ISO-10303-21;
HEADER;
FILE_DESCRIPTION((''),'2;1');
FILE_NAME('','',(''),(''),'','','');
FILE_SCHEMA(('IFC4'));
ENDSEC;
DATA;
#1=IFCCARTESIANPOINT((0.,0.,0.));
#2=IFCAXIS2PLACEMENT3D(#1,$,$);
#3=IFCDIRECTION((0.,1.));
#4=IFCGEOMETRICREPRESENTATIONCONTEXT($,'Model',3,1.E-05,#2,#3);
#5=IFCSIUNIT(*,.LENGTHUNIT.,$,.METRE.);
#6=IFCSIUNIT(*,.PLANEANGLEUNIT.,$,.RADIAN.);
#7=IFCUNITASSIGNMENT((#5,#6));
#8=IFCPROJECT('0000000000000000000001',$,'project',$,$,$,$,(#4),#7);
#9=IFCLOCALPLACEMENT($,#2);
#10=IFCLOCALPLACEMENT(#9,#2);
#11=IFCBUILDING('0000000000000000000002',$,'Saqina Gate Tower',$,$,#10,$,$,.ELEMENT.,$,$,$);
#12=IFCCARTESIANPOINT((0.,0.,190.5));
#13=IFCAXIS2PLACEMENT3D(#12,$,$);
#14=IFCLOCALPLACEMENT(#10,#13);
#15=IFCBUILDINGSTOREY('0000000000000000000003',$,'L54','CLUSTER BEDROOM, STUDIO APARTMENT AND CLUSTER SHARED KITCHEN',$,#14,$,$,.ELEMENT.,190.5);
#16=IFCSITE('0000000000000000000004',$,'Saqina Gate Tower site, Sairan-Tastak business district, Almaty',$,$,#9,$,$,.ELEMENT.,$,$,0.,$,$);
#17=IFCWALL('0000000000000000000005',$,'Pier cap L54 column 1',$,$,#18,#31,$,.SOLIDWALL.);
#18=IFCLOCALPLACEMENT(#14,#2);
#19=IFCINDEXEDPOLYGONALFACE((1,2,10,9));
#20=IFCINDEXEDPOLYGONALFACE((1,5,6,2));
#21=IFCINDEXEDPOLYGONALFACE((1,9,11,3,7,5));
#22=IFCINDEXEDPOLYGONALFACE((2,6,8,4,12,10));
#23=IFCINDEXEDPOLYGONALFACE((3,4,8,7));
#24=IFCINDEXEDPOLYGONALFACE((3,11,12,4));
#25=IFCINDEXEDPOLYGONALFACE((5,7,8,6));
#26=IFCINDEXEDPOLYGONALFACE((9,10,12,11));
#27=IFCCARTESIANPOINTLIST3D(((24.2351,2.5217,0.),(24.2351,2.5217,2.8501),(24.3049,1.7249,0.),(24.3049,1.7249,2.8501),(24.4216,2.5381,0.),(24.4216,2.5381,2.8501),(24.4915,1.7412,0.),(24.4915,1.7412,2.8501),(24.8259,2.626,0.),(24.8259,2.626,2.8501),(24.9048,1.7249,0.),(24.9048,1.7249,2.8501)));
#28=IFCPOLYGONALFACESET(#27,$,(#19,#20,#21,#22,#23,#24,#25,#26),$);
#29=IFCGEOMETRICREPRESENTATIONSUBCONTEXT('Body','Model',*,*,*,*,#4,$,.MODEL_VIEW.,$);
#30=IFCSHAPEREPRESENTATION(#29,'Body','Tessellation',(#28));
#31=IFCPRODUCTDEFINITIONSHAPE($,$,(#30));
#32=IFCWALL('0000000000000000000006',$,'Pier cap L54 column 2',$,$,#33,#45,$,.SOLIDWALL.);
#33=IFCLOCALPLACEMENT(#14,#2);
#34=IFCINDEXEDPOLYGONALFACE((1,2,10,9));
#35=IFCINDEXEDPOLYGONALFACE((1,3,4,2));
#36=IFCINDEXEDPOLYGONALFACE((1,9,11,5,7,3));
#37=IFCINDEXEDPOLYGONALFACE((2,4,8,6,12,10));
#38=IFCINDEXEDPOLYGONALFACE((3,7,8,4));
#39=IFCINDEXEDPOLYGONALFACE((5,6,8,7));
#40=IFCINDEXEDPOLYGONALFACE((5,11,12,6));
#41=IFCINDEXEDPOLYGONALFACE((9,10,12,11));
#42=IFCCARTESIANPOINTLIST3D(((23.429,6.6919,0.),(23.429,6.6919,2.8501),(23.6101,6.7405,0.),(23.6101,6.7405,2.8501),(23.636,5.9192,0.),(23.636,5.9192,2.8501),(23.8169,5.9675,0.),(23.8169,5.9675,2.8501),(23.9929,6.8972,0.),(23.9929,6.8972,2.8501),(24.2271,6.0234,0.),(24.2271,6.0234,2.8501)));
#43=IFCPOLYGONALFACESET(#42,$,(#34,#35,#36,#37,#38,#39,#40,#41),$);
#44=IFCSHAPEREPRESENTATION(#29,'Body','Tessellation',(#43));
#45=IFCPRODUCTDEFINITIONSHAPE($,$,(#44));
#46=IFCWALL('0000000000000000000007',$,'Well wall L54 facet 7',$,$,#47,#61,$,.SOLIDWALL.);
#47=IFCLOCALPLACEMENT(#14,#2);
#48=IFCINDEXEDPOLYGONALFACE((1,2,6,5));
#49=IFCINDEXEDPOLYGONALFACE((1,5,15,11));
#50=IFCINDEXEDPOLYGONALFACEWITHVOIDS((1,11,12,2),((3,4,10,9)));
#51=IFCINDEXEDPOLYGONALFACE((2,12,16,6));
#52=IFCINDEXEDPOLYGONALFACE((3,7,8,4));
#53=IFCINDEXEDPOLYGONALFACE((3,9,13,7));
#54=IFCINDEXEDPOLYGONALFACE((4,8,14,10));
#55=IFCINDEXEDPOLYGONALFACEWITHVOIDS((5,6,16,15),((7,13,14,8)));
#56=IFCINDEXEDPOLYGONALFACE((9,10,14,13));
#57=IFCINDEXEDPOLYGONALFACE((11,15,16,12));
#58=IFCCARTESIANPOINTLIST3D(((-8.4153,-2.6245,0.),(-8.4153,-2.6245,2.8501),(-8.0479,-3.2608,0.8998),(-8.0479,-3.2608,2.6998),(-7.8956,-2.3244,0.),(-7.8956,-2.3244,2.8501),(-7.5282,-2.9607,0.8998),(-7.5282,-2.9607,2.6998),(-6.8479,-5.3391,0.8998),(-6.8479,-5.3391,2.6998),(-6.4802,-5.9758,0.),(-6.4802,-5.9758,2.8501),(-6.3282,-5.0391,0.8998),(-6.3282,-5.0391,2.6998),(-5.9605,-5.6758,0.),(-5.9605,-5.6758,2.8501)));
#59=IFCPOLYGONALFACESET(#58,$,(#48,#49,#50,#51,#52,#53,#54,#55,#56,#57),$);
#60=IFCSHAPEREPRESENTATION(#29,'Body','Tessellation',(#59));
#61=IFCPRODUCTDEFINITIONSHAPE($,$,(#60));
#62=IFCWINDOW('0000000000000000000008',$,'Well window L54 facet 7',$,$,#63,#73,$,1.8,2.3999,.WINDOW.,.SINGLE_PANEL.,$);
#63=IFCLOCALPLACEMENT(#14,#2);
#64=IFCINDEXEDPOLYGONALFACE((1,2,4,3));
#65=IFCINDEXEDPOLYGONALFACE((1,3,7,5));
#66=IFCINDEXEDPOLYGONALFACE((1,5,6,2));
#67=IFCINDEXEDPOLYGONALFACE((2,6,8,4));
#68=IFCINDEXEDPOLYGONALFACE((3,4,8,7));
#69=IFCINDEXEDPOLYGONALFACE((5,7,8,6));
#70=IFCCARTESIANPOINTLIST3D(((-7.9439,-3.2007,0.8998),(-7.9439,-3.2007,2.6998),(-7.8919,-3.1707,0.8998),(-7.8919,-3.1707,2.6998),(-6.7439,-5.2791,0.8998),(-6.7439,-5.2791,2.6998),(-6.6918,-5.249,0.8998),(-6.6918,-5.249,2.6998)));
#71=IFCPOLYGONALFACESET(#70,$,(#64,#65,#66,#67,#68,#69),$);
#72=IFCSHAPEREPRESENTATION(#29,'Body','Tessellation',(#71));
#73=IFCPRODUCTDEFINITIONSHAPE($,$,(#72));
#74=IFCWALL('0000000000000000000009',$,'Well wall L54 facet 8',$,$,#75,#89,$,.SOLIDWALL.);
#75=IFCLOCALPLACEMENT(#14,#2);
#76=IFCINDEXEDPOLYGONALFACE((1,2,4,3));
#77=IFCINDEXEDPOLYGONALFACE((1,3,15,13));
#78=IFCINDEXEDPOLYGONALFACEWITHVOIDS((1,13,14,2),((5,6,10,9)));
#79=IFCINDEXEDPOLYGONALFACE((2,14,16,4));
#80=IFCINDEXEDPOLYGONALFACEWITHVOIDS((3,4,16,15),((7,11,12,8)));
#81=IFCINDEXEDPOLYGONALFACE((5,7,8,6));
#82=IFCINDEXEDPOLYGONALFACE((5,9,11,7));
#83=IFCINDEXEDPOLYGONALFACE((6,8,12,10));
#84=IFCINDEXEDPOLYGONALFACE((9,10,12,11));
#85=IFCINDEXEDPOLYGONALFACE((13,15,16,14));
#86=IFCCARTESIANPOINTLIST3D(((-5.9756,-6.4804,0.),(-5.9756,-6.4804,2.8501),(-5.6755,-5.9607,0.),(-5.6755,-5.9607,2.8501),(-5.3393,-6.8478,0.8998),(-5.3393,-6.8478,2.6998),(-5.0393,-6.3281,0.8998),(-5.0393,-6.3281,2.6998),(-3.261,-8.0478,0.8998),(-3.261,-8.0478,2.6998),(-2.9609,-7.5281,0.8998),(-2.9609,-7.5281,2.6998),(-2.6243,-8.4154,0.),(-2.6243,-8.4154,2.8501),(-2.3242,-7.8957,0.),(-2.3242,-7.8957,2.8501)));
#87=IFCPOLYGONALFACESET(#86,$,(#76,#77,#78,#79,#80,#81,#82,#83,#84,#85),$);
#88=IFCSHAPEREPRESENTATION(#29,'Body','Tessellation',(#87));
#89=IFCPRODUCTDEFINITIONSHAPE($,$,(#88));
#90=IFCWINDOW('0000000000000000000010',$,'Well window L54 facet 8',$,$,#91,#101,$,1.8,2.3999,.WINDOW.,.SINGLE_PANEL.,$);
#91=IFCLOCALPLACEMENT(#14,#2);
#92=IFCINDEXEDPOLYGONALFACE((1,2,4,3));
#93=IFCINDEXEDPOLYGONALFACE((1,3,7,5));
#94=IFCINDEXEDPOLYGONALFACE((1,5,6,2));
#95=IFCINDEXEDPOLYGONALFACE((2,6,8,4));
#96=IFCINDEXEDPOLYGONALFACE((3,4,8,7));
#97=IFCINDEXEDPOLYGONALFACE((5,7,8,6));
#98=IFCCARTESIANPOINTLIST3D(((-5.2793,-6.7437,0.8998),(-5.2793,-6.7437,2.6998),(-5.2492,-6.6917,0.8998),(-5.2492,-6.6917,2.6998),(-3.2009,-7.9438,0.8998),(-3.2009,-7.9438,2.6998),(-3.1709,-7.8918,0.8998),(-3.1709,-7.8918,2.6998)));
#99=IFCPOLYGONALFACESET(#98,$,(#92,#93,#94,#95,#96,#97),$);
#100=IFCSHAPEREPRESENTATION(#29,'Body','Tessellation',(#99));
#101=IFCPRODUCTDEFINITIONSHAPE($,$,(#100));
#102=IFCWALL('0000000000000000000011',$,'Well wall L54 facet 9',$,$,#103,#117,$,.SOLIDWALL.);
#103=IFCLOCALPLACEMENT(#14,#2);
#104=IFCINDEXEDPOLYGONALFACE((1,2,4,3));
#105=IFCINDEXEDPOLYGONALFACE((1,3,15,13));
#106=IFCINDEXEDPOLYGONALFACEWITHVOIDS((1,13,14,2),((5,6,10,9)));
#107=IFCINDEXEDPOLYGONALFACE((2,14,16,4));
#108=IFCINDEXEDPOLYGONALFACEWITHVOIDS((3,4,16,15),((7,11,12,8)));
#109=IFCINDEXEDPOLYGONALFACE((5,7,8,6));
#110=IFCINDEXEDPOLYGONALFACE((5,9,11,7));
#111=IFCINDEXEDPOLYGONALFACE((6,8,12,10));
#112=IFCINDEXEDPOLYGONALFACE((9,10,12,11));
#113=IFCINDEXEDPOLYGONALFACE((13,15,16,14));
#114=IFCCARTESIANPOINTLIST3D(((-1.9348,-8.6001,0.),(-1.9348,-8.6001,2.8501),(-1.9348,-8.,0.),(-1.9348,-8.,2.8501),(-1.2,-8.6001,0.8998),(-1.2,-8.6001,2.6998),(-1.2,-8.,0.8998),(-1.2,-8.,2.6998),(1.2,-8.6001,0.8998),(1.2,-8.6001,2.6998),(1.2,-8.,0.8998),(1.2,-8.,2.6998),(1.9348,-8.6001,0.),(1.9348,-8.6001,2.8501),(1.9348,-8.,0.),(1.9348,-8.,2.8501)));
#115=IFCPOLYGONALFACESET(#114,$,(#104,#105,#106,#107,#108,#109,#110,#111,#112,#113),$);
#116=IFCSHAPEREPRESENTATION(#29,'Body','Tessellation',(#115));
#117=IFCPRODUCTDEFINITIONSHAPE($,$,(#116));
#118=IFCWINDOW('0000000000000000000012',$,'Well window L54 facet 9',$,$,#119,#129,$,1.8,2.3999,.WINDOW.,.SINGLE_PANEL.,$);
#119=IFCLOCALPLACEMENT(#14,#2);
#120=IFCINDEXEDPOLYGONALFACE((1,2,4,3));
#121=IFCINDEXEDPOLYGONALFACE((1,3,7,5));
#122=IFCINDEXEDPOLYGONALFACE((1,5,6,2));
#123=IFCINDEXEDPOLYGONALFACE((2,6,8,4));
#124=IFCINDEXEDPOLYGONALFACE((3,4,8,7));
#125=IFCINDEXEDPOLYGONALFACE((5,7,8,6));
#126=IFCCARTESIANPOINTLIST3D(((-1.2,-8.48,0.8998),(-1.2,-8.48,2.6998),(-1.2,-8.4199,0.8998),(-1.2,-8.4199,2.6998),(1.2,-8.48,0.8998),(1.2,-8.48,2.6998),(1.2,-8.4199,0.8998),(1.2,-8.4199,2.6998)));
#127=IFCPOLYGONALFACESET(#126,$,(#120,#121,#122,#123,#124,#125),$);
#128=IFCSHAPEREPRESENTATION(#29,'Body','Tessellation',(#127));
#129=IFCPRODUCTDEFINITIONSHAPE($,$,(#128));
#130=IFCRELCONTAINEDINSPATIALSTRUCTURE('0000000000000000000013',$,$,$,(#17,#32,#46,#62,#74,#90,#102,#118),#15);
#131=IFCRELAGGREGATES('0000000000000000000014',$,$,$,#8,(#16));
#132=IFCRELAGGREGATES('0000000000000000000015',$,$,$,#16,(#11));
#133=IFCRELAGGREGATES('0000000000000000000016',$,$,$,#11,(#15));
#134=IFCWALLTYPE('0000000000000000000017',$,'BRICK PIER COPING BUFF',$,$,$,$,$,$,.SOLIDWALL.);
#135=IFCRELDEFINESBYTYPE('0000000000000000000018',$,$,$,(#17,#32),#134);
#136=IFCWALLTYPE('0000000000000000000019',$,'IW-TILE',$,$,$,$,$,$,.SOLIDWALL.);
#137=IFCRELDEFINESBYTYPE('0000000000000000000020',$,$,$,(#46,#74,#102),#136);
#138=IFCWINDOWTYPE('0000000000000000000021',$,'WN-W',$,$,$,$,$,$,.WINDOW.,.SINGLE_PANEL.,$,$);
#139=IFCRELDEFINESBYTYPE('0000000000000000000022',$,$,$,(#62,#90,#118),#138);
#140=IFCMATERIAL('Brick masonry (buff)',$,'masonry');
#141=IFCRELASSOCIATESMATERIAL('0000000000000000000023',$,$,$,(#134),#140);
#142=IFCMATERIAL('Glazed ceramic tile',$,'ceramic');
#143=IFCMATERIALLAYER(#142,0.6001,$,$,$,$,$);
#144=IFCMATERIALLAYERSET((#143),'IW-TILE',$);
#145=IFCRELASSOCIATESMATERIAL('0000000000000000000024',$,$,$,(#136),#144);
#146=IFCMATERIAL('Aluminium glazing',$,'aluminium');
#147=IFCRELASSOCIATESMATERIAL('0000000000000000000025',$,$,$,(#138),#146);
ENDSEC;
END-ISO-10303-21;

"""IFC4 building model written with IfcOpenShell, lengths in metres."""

from ifc_helpers import new_model, si_unit, direction, frame, frame_2d, origin, place, context, subcontext, project, spatial, polyline, rectangle, outline, extrude, material, layer, layer_set, type_object, element, fill, save


model = new_model("IFC4")

# Units and contexts
model_context = context("Model", 3, precision=1e-05, world=origin(), true_north=direction((0.0, 1.0)))
body_context = subcontext(model_context, "Body", "Model", "MODEL_VIEW")
ifc_project = project(units=[si_unit("LENGTHUNIT", "METRE"), si_unit("PLANEANGLEUNIT", "RADIAN")], contexts=[model_context])

# Site, building, storey
site_placement = place(None, origin())
site = spatial("IfcSite", under=ifc_project, at=site_placement, Name="Saqina Gate Tower site, Sairan-Tastak business district, Almaty", CompositionType="ELEMENT", RefElevation=0.0)
building_placement = place(site_placement, origin())
building = spatial("IfcBuilding", under=site, at=building_placement, Name="Saqina Gate Tower", CompositionType="ELEMENT")
storey_placement = place(building_placement, frame((0.0, 0.0, 190.5)))
storey = spatial("IfcBuildingStorey", under=building, at=storey_placement, Name="L54", Description="CLUSTER BEDROOM, STUDIO APARTMENT AND CLUSTER SHARED KITCHEN", CompositionType="ELEMENT", Elevation=190.5)

# Walls
ifc_material_1 = material(Name="Brick masonry (buff)", Category="masonry")
wall_type_1 = type_object("IfcWallType", Name="BRICK PIER COPING BUFF", PredefinedType="SOLIDWALL", material=ifc_material_1)
wall_1_placement = place(storey_placement, origin())
element("IfcWall", 1, at=wall_1_placement, inside=storey, type_object=wall_type_1, Name="Pier cap L54 column 1", PredefinedType="SOLIDWALL", context=body_context, shape_type="SweptSolid", body=[
    extrude(outline(polyline([(24.9048, 1.7249), (24.8259, 2.626), (24.2351, 2.5217), (24.4216, 2.5381), (24.4915, 1.7412), (24.3049, 1.7249), (24.9048, 1.7249)])), origin(), (0.0, 0.0, 1.0), 2.8501),
])
wall_2_placement = place(storey_placement, origin())
element("IfcWall", 2, at=wall_2_placement, inside=storey, type_object=wall_type_1, Name="Pier cap L54 column 2", PredefinedType="SOLIDWALL", context=body_context, shape_type="SweptSolid", body=[
    extrude(outline(polyline([(24.2271, 6.0234), (23.9929, 6.8972), (23.429, 6.6919), (23.6101, 6.7405), (23.8169, 5.9675), (23.636, 5.9192), (24.2271, 6.0234)])), origin(), (0.0, 0.0, 1.0), 2.8501),
])

# Walls, openings, windows
ifc_material_2 = material(Name="Glazed ceramic tile", Category="ceramic")
ifc_layer_1 = layer(ifc_material_2, 0.6001)
ifc_layer_set_1 = layer_set([ifc_layer_1], Name="IW-TILE")
wall_type_2 = type_object("IfcWallType", Name="IW-TILE", PredefinedType="SOLIDWALL", material=ifc_layer_set_1)
wall_3_placement = place(storey_placement, frame((-8.1555, -2.4744, 0.0), z_axis=(0.0, 0.0, 1.0), x_axis=(0.500034, -0.866006, 0.0)))
wall_3 = element("IfcWall", 3, at=wall_3_placement, inside=storey, type_object=wall_type_2, Name="Well wall L54 facet 7", PredefinedType="SOLIDWALL", context=body_context, shape_type="SweptSolid", body=[
    extrude(rectangle(XDim=3.8699, YDim=0.6001, at=frame_2d((1.9351, 0.0))), origin(), (0.0, 0.0, 1.0), 2.8501),
])
opening_1_placement = place(wall_3_placement, frame((0.7349, 0.0, 0.8999)))
opening_1 = element("IfcOpeningElement", 4, at=opening_1_placement, cuts=wall_3, PredefinedType="OPENING", context=body_context, shape_type="SweptSolid", body=[
    extrude(rectangle(XDim=2.3999, YDim=1.8, at=frame_2d((1.2, 0.8999))), frame((0.0, 0.312, 0.0), z_axis=(0.0, -1.0, 0.0), x_axis=(1.0, 0.0, 0.0)), (0.0, 0.0, 1.0), 0.624),
])
ifc_material_3 = material(Name="Aluminium glazing", Category="aluminium")
window_type = type_object("IfcWindowType", Name="WN-W", PartitioningType="SINGLE_PANEL", PredefinedType="WINDOW", material=ifc_material_3)
window_1_placement = place(opening_1_placement, origin())
window_1 = element("IfcWindow", 5, at=window_1_placement, inside=storey, type_object=window_type, Name="Well window L54 facet 7", OverallHeight=1.8, OverallWidth=2.3999, PartitioningType="SINGLE_PANEL", PredefinedType="WINDOW", context=body_context, shape_type="SweptSolid", body=[
    extrude(rectangle(XDim=2.3999, YDim=1.8, at=frame_2d((1.2, 0.8999))), frame((0.0, -0.1199, 0.0), z_axis=(0.0, -1.0, 0.0), x_axis=(1.0, 0.0, 0.0)), (0.0, 0.0, 1.0), 0.0601),
])
fill(opening_1, window_1)
wall_4_placement = place(storey_placement, frame((-5.8257, -6.2205, 0.0), z_axis=(0.0, 0.0, 1.0), x_axis=(0.866006, -0.500034, 0.0)))
wall_4 = element("IfcWall", 6, at=wall_4_placement, inside=storey, type_object=wall_type_2, Name="Well wall L54 facet 8", PredefinedType="SOLIDWALL", context=body_context, shape_type="SweptSolid", body=[
    extrude(rectangle(XDim=3.8699, YDim=0.6001, at=frame_2d((1.9351, 0.0))), origin(), (0.0, 0.0, 1.0), 2.8501),
])
opening_2_placement = place(wall_4_placement, frame((0.7349, 0.0, 0.8999)))
opening_2 = element("IfcOpeningElement", 7, at=opening_2_placement, cuts=wall_4, PredefinedType="OPENING", context=body_context, shape_type="SweptSolid", body=[
    extrude(rectangle(XDim=2.3999, YDim=1.8, at=frame_2d((1.2, 0.8999))), frame((0.0, 0.312, 0.0), z_axis=(0.0, -1.0, 0.0), x_axis=(1.0, 0.0, 0.0)), (0.0, 0.0, 1.0), 0.624),
])
window_2_placement = place(opening_2_placement, origin())
window_2 = element("IfcWindow", 8, at=window_2_placement, inside=storey, type_object=window_type, Name="Well window L54 facet 8", OverallHeight=1.8, OverallWidth=2.3999, PartitioningType="SINGLE_PANEL", PredefinedType="WINDOW", context=body_context, shape_type="SweptSolid", body=[
    extrude(rectangle(XDim=2.3999, YDim=1.8, at=frame_2d((1.2, 0.8999))), frame((0.0, -0.1199, 0.0), z_axis=(0.0, -1.0, 0.0), x_axis=(1.0, 0.0, 0.0)), (0.0, 0.0, 1.0), 0.0601),
])
fill(opening_2, window_2)
wall_5_placement = place(storey_placement, frame((-1.9348, -8.3, 0.0), z_axis=(0.0, 0.0, 1.0), x_axis=(1.0, 0.0, 0.0)))
wall_5 = element("IfcWall", 9, at=wall_5_placement, inside=storey, type_object=wall_type_2, Name="Well wall L54 facet 9", PredefinedType="SOLIDWALL", context=body_context, shape_type="SweptSolid", body=[
    extrude(rectangle(XDim=3.8696, YDim=0.6001, at=frame_2d((1.9348, 0.0))), origin(), (0.0, 0.0, 1.0), 2.8501),
])
opening_3_placement = place(wall_5_placement, frame((0.7349, 0.0, 0.8999)))
opening_3 = element("IfcOpeningElement", 10, at=opening_3_placement, cuts=wall_5, PredefinedType="OPENING", context=body_context, shape_type="SweptSolid", body=[
    extrude(rectangle(XDim=2.3999, YDim=1.8, at=frame_2d((1.2, 0.8999))), frame((0.0, 0.312, 0.0), z_axis=(0.0, -1.0, 0.0), x_axis=(1.0, 0.0, 0.0)), (0.0, 0.0, 1.0), 0.624),
])
window_3_placement = place(opening_3_placement, origin())
window_3 = element("IfcWindow", 11, at=window_3_placement, inside=storey, type_object=window_type, Name="Well window L54 facet 9", OverallHeight=1.8, OverallWidth=2.3999, PartitioningType="SINGLE_PANEL", PredefinedType="WINDOW", context=body_context, shape_type="SweptSolid", body=[
    extrude(rectangle(XDim=2.3999, YDim=1.8, at=frame_2d((1.2, 0.8999))), frame((0.0, -0.1199, 0.0), z_axis=(0.0, -1.0, 0.0), x_axis=(1.0, 0.0, 0.0)), (0.0, 0.0, 1.0), 0.0601),
])
fill(opening_3, window_3)

save(model, "model.ifc")
